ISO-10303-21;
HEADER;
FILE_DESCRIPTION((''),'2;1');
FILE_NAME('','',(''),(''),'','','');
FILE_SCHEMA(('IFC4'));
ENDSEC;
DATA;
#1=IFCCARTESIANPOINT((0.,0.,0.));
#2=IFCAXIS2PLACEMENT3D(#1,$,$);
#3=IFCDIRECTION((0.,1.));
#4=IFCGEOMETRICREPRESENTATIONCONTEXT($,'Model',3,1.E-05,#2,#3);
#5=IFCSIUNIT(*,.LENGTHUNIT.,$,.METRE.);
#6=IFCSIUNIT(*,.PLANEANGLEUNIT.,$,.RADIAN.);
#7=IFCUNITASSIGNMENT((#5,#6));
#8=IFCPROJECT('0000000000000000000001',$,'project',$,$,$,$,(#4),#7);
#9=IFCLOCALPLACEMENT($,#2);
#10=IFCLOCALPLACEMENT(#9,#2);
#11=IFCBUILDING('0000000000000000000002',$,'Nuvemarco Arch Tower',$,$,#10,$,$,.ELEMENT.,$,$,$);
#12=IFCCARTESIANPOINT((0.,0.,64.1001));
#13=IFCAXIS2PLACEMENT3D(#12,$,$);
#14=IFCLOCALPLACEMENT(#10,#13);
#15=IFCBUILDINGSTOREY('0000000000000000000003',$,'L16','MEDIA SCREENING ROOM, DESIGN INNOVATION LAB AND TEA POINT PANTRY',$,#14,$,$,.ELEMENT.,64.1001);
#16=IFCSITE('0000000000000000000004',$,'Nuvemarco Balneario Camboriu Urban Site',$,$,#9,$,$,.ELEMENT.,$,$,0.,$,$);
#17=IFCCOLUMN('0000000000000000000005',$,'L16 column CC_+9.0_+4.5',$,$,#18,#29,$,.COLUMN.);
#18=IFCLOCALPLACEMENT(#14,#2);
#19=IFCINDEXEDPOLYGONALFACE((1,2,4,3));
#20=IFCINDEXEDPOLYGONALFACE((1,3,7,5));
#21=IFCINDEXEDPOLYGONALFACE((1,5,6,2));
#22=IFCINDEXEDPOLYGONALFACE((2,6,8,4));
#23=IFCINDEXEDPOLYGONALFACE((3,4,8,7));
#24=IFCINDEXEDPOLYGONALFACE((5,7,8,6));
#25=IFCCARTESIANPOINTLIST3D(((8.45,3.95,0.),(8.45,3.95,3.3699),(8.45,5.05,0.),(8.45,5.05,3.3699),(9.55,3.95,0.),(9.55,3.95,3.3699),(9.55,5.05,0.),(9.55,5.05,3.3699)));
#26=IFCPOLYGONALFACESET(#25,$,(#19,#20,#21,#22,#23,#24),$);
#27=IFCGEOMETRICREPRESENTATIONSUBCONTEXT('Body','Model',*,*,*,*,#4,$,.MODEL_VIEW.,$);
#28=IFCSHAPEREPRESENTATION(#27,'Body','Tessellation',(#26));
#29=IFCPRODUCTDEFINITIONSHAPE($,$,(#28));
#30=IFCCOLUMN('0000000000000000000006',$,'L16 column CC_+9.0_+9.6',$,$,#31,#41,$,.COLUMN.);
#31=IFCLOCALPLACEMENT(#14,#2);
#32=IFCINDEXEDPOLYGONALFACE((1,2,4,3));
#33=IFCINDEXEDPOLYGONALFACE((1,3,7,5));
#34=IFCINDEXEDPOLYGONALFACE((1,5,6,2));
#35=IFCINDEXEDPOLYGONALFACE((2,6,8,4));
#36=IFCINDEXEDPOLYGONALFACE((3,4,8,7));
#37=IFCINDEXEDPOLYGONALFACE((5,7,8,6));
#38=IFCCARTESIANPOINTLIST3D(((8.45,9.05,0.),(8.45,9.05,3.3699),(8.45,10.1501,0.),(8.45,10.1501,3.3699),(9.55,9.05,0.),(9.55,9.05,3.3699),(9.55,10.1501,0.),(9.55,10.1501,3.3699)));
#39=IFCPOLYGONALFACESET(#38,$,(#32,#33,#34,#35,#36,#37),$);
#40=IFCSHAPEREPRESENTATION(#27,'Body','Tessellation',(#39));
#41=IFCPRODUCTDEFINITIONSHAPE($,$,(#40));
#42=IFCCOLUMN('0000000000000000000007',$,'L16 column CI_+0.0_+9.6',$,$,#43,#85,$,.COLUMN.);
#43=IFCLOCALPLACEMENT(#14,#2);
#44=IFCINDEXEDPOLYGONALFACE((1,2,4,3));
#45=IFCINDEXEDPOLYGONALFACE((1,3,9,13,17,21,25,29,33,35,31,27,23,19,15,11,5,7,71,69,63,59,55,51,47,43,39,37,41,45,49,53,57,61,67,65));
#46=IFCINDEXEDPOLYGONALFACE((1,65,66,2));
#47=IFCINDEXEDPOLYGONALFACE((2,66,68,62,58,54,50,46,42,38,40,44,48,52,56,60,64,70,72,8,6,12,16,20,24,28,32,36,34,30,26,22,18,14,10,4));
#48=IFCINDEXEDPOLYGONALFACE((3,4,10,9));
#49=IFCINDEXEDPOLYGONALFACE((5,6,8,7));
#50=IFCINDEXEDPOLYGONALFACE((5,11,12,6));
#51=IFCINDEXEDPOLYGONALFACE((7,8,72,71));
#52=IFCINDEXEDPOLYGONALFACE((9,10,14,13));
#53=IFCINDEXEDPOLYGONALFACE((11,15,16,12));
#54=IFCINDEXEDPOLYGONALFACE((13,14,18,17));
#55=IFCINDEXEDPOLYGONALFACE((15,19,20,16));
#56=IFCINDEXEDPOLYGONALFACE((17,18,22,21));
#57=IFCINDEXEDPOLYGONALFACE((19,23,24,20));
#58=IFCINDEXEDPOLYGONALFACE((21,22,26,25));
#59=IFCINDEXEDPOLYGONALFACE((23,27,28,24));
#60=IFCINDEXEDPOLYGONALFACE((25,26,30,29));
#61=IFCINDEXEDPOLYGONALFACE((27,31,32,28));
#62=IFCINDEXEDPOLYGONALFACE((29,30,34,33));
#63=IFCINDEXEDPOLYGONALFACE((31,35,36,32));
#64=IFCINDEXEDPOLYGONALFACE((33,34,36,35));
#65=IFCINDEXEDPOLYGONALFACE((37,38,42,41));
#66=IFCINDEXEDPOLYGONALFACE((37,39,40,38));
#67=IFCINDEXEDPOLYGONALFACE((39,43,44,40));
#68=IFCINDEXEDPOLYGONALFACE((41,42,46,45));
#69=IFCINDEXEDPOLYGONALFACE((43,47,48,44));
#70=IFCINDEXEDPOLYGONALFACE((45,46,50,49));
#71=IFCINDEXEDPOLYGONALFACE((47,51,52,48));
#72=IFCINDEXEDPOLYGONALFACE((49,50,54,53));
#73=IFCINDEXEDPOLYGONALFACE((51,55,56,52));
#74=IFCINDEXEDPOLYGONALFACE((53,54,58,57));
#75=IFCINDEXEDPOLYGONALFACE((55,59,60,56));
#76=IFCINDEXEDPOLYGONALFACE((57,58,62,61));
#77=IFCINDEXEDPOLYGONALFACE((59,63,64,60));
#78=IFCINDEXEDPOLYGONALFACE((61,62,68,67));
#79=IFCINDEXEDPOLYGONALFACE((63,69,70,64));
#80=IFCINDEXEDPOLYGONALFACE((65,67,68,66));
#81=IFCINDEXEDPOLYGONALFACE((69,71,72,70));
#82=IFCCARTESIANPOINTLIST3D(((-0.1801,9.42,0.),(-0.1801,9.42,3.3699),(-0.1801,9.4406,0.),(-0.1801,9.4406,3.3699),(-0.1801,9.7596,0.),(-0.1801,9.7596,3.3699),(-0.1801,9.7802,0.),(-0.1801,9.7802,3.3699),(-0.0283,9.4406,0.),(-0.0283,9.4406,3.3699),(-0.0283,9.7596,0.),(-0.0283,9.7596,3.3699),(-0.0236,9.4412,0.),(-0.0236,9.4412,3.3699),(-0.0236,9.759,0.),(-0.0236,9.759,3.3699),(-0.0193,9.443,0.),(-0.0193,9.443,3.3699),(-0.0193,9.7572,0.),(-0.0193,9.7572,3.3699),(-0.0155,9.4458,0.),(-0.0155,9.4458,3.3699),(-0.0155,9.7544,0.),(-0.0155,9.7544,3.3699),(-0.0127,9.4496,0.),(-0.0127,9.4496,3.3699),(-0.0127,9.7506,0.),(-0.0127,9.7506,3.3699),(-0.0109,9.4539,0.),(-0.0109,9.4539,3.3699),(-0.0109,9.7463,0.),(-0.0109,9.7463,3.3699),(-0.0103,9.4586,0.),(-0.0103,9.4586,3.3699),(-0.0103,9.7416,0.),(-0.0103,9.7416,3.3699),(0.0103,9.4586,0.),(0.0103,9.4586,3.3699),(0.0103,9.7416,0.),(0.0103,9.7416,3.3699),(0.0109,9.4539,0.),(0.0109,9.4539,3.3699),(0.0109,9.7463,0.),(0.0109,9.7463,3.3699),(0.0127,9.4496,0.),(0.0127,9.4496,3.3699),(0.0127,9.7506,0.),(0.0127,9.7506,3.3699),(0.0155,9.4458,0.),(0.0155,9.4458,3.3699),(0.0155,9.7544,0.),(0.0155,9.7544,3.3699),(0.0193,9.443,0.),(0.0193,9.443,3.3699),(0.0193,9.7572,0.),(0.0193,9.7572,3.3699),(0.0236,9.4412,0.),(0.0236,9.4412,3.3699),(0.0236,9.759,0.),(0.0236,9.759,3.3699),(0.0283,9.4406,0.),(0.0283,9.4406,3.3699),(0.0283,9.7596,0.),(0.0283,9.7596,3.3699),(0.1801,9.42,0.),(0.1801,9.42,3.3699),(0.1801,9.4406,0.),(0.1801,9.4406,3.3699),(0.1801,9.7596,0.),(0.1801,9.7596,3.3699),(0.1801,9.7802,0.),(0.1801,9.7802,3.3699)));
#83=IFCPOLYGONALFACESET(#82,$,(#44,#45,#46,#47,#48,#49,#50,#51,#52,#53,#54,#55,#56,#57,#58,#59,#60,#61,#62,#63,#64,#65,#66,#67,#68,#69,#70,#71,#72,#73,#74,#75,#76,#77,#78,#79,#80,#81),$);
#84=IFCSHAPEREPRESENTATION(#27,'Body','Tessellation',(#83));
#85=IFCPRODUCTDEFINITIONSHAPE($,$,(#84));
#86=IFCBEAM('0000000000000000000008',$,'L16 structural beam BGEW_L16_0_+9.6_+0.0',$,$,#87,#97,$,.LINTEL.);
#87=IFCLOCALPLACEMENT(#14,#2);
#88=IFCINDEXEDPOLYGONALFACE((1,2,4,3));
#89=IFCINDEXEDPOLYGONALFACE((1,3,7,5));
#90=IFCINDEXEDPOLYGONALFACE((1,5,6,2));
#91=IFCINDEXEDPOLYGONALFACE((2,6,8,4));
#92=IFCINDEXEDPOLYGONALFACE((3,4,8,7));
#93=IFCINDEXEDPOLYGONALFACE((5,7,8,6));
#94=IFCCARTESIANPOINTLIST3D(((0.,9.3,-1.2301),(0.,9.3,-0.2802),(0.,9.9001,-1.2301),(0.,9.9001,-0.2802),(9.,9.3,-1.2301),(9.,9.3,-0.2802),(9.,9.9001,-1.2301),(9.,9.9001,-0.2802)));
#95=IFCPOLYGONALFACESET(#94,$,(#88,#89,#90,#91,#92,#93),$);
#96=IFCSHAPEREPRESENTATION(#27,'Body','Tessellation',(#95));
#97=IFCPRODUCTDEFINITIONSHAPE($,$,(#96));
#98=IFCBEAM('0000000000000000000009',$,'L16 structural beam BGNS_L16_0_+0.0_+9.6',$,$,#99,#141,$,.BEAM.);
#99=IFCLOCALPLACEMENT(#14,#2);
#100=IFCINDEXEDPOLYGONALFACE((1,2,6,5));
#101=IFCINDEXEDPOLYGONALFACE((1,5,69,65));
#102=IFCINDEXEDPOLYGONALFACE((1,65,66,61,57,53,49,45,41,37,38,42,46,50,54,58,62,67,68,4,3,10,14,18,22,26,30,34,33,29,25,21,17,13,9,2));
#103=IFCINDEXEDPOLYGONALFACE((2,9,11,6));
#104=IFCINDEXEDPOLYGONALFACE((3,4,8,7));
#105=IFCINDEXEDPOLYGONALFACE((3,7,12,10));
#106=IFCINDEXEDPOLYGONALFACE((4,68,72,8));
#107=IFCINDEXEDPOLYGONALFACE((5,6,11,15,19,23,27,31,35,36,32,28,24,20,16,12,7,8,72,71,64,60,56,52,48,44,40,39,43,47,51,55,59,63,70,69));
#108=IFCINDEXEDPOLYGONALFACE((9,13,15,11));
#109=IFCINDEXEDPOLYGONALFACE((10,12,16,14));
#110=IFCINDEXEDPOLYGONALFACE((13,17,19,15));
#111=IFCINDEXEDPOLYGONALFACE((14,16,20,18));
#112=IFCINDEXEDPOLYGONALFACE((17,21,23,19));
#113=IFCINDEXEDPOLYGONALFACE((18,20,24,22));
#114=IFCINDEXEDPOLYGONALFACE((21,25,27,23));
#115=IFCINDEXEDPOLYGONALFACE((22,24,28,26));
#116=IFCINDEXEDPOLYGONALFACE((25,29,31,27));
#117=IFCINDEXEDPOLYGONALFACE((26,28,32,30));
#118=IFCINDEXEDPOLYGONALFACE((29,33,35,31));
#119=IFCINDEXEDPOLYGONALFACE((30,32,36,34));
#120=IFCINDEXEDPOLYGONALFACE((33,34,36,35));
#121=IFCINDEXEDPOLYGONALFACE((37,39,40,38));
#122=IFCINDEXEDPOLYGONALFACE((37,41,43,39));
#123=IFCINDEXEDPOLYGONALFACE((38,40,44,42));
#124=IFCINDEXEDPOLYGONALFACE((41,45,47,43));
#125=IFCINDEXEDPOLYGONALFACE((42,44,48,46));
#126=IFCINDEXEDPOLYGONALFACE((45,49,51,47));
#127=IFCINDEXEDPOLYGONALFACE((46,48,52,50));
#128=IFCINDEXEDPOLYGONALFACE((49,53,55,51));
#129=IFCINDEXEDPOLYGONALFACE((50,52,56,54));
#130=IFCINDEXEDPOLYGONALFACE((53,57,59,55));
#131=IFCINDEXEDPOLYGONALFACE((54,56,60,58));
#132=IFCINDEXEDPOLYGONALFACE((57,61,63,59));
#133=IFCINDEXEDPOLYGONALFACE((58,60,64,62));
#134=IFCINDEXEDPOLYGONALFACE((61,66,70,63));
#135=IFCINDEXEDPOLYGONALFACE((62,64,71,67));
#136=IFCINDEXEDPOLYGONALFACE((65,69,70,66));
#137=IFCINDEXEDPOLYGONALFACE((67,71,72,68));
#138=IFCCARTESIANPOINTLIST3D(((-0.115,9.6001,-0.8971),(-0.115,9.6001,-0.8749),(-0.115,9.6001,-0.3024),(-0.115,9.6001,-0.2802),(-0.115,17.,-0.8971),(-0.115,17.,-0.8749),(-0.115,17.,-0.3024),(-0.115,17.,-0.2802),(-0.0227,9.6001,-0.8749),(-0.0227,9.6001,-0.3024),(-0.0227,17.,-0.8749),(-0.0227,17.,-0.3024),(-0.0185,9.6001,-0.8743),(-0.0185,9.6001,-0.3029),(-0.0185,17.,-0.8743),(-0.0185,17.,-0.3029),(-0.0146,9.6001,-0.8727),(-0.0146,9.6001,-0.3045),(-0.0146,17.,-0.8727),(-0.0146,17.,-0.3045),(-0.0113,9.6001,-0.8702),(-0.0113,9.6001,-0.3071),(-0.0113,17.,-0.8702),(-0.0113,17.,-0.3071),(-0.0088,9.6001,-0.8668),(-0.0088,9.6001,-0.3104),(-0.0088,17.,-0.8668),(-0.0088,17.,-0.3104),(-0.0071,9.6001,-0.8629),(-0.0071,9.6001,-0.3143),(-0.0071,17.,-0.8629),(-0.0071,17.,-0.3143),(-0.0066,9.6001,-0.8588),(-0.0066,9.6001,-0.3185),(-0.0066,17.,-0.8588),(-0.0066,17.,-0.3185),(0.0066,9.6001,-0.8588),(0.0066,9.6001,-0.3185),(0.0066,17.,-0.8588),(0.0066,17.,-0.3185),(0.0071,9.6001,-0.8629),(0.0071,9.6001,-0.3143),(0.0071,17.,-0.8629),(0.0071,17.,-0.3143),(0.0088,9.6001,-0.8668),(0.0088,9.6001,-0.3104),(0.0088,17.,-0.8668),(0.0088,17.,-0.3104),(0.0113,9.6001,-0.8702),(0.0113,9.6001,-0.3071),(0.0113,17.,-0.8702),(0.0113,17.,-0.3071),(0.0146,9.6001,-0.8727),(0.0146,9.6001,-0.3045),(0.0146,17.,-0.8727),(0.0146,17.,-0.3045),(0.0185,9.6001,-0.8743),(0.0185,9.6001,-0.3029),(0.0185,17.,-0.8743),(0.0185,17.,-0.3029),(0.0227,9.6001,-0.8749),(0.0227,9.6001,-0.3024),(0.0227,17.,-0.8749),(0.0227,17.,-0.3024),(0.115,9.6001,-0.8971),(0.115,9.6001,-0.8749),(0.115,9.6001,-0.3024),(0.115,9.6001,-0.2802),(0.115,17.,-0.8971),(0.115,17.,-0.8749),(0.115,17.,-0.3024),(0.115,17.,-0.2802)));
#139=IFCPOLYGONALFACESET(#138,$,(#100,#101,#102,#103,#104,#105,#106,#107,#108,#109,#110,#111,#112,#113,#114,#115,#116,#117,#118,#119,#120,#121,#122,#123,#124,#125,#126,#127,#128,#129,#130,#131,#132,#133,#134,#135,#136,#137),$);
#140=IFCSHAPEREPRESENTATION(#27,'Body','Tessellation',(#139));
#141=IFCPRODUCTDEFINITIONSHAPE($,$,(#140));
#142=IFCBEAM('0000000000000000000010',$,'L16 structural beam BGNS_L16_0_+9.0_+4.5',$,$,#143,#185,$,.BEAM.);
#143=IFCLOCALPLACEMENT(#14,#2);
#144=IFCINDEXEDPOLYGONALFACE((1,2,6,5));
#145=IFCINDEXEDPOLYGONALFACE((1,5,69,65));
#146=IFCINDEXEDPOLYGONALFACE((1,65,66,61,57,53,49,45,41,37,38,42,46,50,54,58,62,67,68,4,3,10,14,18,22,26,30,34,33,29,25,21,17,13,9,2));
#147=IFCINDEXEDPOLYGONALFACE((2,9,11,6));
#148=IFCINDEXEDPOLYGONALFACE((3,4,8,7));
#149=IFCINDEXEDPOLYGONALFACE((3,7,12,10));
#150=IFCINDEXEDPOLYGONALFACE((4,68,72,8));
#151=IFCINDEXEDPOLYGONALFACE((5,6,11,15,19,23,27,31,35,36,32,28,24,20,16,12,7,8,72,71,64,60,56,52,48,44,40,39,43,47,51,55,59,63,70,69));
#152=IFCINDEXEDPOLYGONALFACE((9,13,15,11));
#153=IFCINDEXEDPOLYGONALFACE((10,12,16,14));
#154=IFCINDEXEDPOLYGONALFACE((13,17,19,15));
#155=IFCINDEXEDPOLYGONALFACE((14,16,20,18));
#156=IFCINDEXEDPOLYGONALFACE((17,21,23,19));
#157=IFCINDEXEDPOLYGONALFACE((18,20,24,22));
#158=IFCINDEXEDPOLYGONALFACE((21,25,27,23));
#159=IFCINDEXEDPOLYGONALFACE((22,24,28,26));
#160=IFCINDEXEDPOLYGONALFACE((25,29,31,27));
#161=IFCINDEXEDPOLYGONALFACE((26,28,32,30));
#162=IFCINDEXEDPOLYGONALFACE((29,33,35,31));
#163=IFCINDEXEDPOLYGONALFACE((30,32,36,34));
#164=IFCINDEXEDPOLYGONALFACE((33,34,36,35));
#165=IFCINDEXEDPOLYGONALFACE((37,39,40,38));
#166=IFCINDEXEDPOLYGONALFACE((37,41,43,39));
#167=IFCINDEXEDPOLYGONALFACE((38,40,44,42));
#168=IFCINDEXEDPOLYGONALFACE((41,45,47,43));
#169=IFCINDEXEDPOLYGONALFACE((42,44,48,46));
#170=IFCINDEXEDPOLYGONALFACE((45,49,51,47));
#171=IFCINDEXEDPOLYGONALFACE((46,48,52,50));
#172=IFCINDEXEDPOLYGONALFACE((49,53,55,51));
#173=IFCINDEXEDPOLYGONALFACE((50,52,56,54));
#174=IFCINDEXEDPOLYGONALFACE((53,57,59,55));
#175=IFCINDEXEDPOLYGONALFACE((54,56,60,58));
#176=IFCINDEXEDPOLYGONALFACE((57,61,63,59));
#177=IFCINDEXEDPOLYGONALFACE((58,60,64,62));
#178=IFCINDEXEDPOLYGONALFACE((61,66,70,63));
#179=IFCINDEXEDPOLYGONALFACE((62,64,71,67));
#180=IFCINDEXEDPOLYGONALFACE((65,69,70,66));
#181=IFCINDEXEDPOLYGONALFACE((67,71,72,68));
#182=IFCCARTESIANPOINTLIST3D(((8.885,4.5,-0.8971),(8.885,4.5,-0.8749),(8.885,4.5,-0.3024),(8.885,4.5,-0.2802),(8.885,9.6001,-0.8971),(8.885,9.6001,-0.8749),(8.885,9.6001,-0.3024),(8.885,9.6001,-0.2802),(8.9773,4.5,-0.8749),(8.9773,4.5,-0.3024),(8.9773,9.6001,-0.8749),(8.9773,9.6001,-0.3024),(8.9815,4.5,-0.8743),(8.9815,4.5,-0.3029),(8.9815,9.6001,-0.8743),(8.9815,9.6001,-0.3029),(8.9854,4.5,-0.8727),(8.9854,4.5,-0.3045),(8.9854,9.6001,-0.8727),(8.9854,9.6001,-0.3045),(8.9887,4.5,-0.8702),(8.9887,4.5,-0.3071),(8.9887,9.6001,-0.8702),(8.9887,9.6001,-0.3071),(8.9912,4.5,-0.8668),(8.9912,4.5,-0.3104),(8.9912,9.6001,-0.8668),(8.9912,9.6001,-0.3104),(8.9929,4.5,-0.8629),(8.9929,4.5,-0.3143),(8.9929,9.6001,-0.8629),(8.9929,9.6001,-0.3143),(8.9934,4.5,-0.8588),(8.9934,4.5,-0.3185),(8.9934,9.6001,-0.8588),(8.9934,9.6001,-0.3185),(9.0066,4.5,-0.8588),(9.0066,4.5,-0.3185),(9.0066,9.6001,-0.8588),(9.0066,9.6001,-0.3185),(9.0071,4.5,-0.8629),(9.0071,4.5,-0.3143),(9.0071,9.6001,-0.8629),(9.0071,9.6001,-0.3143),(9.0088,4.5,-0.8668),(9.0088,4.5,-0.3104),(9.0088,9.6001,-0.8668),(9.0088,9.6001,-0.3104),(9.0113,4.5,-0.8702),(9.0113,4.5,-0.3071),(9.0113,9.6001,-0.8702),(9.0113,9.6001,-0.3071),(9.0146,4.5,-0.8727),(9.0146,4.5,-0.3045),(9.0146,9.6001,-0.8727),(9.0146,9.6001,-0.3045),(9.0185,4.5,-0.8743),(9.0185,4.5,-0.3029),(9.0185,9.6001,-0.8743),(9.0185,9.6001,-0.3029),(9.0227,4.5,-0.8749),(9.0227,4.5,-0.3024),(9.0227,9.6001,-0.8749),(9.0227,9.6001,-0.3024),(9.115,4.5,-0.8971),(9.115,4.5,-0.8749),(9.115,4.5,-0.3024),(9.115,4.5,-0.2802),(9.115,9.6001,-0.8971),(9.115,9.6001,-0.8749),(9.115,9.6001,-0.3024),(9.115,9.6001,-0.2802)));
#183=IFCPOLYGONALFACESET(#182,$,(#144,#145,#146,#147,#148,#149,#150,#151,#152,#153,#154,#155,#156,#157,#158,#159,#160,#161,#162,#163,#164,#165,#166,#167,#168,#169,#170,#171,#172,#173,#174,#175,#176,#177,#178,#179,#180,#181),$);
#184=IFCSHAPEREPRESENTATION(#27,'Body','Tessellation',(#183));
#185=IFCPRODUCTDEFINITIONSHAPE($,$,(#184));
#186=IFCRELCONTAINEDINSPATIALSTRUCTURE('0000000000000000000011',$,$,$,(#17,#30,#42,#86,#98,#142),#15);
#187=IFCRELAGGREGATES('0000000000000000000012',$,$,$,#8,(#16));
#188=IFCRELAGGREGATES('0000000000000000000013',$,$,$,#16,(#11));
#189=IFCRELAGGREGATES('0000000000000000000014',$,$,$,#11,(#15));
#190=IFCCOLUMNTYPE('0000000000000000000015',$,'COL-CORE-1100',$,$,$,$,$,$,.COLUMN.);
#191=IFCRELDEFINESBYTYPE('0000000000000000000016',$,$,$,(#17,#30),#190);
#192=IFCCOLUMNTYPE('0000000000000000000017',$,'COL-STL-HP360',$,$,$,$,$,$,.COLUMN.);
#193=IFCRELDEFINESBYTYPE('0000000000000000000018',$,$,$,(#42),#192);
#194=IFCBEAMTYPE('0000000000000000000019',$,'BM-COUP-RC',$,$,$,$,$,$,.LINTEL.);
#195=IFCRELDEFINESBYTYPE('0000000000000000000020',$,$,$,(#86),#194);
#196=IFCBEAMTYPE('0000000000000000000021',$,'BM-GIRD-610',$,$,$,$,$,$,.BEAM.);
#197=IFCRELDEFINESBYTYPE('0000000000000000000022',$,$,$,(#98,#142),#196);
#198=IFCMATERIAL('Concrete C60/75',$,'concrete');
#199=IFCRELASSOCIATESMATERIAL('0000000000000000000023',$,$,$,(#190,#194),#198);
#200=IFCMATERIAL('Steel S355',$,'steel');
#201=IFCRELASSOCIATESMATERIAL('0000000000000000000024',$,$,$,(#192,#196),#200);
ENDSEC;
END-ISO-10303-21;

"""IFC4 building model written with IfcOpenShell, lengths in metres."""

from ifc_helpers import new_model, si_unit, direction, frame, origin, origin_2d, place, context, subcontext, project, spatial, rectangle, i_section, extrude, material, material_profile, profile_set, type_object, element, save


model = new_model("IFC4")

# Units and contexts
model_context = context("Model", 3, precision=1e-05, world=origin(), true_north=direction((0.0, 1.0)))
body_context = subcontext(model_context, "Body", "Model", "MODEL_VIEW")
ifc_project = project(units=[si_unit("LENGTHUNIT", "METRE"), si_unit("PLANEANGLEUNIT", "RADIAN")], contexts=[model_context])

# Site, building, storey
site_placement = place(None, origin())
site = spatial("IfcSite", under=ifc_project, at=site_placement, Name="Nuvemarco Balneario Camboriu Urban Site", CompositionType="ELEMENT", RefElevation=0.0)
building_placement = place(site_placement, origin())
building = spatial("IfcBuilding", under=site, at=building_placement, Name="Nuvemarco Arch Tower", CompositionType="ELEMENT")
storey_placement = place(building_placement, frame((0.0, 0.0, 64.1001)))
storey = spatial("IfcBuildingStorey", under=building, at=storey_placement, Name="L16", Description="MEDIA SCREENING ROOM, DESIGN INNOVATION LAB AND TEA POINT PANTRY", CompositionType="ELEMENT", Elevation=64.1001)

# Columns
ifc_material_1 = material(Name="Concrete C60/75", Category="concrete")
ifc_material_profile_1 = material_profile(ifc_material_1, rectangle(XDim=1.1001, YDim=1.1001, at=origin_2d()), Name="RC-COL-1100x1100")
ifc_profile_set_1 = profile_set([ifc_material_profile_1], Name="Concrete C60/75")
column_type_1 = type_object("IfcColumnType", Name="COL-CORE-1100", PredefinedType="COLUMN", material=ifc_profile_set_1)
for number, where, z_axis, x_axis, name in (
    (1, (9.0, 4.5, 0.0), (0.0, 0.0, 1.0), (1.0, 0.0, 0.0), "L16 column CC_+9.0_+4.5"),
    (2, (9.0, 9.6001, 0.0), (0.0, 0.0, 1.0), (1.0, 0.0, 0.0), "L16 column CC_+9.0_+9.6"),
):
    element("IfcColumn", number, at=place(storey_placement, frame(where, z_axis=z_axis, x_axis=x_axis)), inside=storey, type_object=column_type_1, Name=name, PredefinedType="COLUMN", context=body_context, shape_type="SweptSolid", body=[
        extrude(rectangle(XDim=1.1001, YDim=1.1001, at=origin_2d()), origin(), (0.0, 0.0, 1.0), 3.3699),
    ])
ifc_material_2 = material(Name="Steel S355", Category="steel")
ifc_material_profile_2 = material_profile(ifc_material_2, i_section(OverallWidth=0.3601, OverallDepth=0.3601, WebThickness=0.0205, FlangeThickness=0.0205, FilletRadius=0.0181, at=origin_2d()), Name="HP360x174")
ifc_profile_set_2 = profile_set([ifc_material_profile_2], Name="Steel S355")
column_type_2 = type_object("IfcColumnType", Name="COL-STL-HP360", PredefinedType="COLUMN", material=ifc_profile_set_2)
column_placement = place(storey_placement, frame((0.0, 9.6001, 0.0), z_axis=(0.0, 0.0, 1.0), x_axis=(1.0, 0.0, 0.0)))
element("IfcColumn", 3, at=column_placement, inside=storey, type_object=column_type_2, Name="L16 column CI_+0.0_+9.6", PredefinedType="COLUMN", context=body_context, shape_type="SweptSolid", body=[
    extrude(i_section(OverallWidth=0.3601, OverallDepth=0.3601, WebThickness=0.0205, FlangeThickness=0.0205, FilletRadius=0.0181, at=origin_2d()), origin(), (0.0, 0.0, 1.0), 3.3699),
])

# Beams
ifc_material_profile_3 = material_profile(ifc_material_1, rectangle(XDim=0.6001, YDim=0.95, at=origin_2d()), Name="RC-BM-600x950")
ifc_profile_set_3 = profile_set([ifc_material_profile_3], Name="Concrete C60/75")
beam_type_1 = type_object("IfcBeamType", Name="BM-COUP-RC", PredefinedType="LINTEL", material=ifc_profile_set_3)
beam_1_placement = place(storey_placement, frame((0.0, 9.6001, -0.7551), z_axis=(1.0, 0.0, 0.0), x_axis=(0.0, 1.0, 0.0)))
element("IfcBeam", 4, at=beam_1_placement, inside=storey, type_object=beam_type_1, Name="L16 structural beam BGEW_L16_0_+9.6_+0.0", PredefinedType="LINTEL", context=body_context, shape_type="SweptSolid", body=[
    extrude(rectangle(XDim=0.6001, YDim=0.95, at=origin_2d()), origin(), (0.0, 0.0, 1.0), 9.0),
])
ifc_material_profile_4 = material_profile(ifc_material_2, i_section(OverallWidth=0.23, OverallDepth=0.6169, WebThickness=0.0132, FlangeThickness=0.0222, FilletRadius=0.0161, at=origin_2d()), Name="W610x140")
ifc_profile_set_4 = profile_set([ifc_material_profile_4], Name="Steel S355")
beam_type_2 = type_object("IfcBeamType", Name="BM-GIRD-610", PredefinedType="BEAM", material=ifc_profile_set_4)
beam_2_placement = place(storey_placement, frame((0.0, 9.6001, -0.5886), z_axis=(0.0, 1.0, 0.0), x_axis=(-1.0, 0.0, 0.0)))
element("IfcBeam", 5, at=beam_2_placement, inside=storey, type_object=beam_type_2, Name="L16 structural beam BGNS_L16_0_+0.0_+9.6", PredefinedType="BEAM", context=body_context, shape_type="SweptSolid", body=[
    extrude(i_section(OverallWidth=0.23, OverallDepth=0.6169, WebThickness=0.0132, FlangeThickness=0.0222, FilletRadius=0.0161, at=origin_2d()), origin(), (0.0, 0.0, 1.0), 7.3999),
])
beam_3_placement = place(storey_placement, frame((9.0, 4.5, -0.5886), z_axis=(0.0, 1.0, 0.0), x_axis=(-1.0, 0.0, 0.0)))
element("IfcBeam", 6, at=beam_3_placement, inside=storey, type_object=beam_type_2, Name="L16 structural beam BGNS_L16_0_+9.0_+4.5", PredefinedType="BEAM", context=body_context, shape_type="SweptSolid", body=[
    extrude(i_section(OverallWidth=0.23, OverallDepth=0.6169, WebThickness=0.0132, FlangeThickness=0.0222, FilletRadius=0.0161, at=origin_2d()), origin(), (0.0, 0.0, 1.0), 5.1001),
])

save(model, "model.ifc")
